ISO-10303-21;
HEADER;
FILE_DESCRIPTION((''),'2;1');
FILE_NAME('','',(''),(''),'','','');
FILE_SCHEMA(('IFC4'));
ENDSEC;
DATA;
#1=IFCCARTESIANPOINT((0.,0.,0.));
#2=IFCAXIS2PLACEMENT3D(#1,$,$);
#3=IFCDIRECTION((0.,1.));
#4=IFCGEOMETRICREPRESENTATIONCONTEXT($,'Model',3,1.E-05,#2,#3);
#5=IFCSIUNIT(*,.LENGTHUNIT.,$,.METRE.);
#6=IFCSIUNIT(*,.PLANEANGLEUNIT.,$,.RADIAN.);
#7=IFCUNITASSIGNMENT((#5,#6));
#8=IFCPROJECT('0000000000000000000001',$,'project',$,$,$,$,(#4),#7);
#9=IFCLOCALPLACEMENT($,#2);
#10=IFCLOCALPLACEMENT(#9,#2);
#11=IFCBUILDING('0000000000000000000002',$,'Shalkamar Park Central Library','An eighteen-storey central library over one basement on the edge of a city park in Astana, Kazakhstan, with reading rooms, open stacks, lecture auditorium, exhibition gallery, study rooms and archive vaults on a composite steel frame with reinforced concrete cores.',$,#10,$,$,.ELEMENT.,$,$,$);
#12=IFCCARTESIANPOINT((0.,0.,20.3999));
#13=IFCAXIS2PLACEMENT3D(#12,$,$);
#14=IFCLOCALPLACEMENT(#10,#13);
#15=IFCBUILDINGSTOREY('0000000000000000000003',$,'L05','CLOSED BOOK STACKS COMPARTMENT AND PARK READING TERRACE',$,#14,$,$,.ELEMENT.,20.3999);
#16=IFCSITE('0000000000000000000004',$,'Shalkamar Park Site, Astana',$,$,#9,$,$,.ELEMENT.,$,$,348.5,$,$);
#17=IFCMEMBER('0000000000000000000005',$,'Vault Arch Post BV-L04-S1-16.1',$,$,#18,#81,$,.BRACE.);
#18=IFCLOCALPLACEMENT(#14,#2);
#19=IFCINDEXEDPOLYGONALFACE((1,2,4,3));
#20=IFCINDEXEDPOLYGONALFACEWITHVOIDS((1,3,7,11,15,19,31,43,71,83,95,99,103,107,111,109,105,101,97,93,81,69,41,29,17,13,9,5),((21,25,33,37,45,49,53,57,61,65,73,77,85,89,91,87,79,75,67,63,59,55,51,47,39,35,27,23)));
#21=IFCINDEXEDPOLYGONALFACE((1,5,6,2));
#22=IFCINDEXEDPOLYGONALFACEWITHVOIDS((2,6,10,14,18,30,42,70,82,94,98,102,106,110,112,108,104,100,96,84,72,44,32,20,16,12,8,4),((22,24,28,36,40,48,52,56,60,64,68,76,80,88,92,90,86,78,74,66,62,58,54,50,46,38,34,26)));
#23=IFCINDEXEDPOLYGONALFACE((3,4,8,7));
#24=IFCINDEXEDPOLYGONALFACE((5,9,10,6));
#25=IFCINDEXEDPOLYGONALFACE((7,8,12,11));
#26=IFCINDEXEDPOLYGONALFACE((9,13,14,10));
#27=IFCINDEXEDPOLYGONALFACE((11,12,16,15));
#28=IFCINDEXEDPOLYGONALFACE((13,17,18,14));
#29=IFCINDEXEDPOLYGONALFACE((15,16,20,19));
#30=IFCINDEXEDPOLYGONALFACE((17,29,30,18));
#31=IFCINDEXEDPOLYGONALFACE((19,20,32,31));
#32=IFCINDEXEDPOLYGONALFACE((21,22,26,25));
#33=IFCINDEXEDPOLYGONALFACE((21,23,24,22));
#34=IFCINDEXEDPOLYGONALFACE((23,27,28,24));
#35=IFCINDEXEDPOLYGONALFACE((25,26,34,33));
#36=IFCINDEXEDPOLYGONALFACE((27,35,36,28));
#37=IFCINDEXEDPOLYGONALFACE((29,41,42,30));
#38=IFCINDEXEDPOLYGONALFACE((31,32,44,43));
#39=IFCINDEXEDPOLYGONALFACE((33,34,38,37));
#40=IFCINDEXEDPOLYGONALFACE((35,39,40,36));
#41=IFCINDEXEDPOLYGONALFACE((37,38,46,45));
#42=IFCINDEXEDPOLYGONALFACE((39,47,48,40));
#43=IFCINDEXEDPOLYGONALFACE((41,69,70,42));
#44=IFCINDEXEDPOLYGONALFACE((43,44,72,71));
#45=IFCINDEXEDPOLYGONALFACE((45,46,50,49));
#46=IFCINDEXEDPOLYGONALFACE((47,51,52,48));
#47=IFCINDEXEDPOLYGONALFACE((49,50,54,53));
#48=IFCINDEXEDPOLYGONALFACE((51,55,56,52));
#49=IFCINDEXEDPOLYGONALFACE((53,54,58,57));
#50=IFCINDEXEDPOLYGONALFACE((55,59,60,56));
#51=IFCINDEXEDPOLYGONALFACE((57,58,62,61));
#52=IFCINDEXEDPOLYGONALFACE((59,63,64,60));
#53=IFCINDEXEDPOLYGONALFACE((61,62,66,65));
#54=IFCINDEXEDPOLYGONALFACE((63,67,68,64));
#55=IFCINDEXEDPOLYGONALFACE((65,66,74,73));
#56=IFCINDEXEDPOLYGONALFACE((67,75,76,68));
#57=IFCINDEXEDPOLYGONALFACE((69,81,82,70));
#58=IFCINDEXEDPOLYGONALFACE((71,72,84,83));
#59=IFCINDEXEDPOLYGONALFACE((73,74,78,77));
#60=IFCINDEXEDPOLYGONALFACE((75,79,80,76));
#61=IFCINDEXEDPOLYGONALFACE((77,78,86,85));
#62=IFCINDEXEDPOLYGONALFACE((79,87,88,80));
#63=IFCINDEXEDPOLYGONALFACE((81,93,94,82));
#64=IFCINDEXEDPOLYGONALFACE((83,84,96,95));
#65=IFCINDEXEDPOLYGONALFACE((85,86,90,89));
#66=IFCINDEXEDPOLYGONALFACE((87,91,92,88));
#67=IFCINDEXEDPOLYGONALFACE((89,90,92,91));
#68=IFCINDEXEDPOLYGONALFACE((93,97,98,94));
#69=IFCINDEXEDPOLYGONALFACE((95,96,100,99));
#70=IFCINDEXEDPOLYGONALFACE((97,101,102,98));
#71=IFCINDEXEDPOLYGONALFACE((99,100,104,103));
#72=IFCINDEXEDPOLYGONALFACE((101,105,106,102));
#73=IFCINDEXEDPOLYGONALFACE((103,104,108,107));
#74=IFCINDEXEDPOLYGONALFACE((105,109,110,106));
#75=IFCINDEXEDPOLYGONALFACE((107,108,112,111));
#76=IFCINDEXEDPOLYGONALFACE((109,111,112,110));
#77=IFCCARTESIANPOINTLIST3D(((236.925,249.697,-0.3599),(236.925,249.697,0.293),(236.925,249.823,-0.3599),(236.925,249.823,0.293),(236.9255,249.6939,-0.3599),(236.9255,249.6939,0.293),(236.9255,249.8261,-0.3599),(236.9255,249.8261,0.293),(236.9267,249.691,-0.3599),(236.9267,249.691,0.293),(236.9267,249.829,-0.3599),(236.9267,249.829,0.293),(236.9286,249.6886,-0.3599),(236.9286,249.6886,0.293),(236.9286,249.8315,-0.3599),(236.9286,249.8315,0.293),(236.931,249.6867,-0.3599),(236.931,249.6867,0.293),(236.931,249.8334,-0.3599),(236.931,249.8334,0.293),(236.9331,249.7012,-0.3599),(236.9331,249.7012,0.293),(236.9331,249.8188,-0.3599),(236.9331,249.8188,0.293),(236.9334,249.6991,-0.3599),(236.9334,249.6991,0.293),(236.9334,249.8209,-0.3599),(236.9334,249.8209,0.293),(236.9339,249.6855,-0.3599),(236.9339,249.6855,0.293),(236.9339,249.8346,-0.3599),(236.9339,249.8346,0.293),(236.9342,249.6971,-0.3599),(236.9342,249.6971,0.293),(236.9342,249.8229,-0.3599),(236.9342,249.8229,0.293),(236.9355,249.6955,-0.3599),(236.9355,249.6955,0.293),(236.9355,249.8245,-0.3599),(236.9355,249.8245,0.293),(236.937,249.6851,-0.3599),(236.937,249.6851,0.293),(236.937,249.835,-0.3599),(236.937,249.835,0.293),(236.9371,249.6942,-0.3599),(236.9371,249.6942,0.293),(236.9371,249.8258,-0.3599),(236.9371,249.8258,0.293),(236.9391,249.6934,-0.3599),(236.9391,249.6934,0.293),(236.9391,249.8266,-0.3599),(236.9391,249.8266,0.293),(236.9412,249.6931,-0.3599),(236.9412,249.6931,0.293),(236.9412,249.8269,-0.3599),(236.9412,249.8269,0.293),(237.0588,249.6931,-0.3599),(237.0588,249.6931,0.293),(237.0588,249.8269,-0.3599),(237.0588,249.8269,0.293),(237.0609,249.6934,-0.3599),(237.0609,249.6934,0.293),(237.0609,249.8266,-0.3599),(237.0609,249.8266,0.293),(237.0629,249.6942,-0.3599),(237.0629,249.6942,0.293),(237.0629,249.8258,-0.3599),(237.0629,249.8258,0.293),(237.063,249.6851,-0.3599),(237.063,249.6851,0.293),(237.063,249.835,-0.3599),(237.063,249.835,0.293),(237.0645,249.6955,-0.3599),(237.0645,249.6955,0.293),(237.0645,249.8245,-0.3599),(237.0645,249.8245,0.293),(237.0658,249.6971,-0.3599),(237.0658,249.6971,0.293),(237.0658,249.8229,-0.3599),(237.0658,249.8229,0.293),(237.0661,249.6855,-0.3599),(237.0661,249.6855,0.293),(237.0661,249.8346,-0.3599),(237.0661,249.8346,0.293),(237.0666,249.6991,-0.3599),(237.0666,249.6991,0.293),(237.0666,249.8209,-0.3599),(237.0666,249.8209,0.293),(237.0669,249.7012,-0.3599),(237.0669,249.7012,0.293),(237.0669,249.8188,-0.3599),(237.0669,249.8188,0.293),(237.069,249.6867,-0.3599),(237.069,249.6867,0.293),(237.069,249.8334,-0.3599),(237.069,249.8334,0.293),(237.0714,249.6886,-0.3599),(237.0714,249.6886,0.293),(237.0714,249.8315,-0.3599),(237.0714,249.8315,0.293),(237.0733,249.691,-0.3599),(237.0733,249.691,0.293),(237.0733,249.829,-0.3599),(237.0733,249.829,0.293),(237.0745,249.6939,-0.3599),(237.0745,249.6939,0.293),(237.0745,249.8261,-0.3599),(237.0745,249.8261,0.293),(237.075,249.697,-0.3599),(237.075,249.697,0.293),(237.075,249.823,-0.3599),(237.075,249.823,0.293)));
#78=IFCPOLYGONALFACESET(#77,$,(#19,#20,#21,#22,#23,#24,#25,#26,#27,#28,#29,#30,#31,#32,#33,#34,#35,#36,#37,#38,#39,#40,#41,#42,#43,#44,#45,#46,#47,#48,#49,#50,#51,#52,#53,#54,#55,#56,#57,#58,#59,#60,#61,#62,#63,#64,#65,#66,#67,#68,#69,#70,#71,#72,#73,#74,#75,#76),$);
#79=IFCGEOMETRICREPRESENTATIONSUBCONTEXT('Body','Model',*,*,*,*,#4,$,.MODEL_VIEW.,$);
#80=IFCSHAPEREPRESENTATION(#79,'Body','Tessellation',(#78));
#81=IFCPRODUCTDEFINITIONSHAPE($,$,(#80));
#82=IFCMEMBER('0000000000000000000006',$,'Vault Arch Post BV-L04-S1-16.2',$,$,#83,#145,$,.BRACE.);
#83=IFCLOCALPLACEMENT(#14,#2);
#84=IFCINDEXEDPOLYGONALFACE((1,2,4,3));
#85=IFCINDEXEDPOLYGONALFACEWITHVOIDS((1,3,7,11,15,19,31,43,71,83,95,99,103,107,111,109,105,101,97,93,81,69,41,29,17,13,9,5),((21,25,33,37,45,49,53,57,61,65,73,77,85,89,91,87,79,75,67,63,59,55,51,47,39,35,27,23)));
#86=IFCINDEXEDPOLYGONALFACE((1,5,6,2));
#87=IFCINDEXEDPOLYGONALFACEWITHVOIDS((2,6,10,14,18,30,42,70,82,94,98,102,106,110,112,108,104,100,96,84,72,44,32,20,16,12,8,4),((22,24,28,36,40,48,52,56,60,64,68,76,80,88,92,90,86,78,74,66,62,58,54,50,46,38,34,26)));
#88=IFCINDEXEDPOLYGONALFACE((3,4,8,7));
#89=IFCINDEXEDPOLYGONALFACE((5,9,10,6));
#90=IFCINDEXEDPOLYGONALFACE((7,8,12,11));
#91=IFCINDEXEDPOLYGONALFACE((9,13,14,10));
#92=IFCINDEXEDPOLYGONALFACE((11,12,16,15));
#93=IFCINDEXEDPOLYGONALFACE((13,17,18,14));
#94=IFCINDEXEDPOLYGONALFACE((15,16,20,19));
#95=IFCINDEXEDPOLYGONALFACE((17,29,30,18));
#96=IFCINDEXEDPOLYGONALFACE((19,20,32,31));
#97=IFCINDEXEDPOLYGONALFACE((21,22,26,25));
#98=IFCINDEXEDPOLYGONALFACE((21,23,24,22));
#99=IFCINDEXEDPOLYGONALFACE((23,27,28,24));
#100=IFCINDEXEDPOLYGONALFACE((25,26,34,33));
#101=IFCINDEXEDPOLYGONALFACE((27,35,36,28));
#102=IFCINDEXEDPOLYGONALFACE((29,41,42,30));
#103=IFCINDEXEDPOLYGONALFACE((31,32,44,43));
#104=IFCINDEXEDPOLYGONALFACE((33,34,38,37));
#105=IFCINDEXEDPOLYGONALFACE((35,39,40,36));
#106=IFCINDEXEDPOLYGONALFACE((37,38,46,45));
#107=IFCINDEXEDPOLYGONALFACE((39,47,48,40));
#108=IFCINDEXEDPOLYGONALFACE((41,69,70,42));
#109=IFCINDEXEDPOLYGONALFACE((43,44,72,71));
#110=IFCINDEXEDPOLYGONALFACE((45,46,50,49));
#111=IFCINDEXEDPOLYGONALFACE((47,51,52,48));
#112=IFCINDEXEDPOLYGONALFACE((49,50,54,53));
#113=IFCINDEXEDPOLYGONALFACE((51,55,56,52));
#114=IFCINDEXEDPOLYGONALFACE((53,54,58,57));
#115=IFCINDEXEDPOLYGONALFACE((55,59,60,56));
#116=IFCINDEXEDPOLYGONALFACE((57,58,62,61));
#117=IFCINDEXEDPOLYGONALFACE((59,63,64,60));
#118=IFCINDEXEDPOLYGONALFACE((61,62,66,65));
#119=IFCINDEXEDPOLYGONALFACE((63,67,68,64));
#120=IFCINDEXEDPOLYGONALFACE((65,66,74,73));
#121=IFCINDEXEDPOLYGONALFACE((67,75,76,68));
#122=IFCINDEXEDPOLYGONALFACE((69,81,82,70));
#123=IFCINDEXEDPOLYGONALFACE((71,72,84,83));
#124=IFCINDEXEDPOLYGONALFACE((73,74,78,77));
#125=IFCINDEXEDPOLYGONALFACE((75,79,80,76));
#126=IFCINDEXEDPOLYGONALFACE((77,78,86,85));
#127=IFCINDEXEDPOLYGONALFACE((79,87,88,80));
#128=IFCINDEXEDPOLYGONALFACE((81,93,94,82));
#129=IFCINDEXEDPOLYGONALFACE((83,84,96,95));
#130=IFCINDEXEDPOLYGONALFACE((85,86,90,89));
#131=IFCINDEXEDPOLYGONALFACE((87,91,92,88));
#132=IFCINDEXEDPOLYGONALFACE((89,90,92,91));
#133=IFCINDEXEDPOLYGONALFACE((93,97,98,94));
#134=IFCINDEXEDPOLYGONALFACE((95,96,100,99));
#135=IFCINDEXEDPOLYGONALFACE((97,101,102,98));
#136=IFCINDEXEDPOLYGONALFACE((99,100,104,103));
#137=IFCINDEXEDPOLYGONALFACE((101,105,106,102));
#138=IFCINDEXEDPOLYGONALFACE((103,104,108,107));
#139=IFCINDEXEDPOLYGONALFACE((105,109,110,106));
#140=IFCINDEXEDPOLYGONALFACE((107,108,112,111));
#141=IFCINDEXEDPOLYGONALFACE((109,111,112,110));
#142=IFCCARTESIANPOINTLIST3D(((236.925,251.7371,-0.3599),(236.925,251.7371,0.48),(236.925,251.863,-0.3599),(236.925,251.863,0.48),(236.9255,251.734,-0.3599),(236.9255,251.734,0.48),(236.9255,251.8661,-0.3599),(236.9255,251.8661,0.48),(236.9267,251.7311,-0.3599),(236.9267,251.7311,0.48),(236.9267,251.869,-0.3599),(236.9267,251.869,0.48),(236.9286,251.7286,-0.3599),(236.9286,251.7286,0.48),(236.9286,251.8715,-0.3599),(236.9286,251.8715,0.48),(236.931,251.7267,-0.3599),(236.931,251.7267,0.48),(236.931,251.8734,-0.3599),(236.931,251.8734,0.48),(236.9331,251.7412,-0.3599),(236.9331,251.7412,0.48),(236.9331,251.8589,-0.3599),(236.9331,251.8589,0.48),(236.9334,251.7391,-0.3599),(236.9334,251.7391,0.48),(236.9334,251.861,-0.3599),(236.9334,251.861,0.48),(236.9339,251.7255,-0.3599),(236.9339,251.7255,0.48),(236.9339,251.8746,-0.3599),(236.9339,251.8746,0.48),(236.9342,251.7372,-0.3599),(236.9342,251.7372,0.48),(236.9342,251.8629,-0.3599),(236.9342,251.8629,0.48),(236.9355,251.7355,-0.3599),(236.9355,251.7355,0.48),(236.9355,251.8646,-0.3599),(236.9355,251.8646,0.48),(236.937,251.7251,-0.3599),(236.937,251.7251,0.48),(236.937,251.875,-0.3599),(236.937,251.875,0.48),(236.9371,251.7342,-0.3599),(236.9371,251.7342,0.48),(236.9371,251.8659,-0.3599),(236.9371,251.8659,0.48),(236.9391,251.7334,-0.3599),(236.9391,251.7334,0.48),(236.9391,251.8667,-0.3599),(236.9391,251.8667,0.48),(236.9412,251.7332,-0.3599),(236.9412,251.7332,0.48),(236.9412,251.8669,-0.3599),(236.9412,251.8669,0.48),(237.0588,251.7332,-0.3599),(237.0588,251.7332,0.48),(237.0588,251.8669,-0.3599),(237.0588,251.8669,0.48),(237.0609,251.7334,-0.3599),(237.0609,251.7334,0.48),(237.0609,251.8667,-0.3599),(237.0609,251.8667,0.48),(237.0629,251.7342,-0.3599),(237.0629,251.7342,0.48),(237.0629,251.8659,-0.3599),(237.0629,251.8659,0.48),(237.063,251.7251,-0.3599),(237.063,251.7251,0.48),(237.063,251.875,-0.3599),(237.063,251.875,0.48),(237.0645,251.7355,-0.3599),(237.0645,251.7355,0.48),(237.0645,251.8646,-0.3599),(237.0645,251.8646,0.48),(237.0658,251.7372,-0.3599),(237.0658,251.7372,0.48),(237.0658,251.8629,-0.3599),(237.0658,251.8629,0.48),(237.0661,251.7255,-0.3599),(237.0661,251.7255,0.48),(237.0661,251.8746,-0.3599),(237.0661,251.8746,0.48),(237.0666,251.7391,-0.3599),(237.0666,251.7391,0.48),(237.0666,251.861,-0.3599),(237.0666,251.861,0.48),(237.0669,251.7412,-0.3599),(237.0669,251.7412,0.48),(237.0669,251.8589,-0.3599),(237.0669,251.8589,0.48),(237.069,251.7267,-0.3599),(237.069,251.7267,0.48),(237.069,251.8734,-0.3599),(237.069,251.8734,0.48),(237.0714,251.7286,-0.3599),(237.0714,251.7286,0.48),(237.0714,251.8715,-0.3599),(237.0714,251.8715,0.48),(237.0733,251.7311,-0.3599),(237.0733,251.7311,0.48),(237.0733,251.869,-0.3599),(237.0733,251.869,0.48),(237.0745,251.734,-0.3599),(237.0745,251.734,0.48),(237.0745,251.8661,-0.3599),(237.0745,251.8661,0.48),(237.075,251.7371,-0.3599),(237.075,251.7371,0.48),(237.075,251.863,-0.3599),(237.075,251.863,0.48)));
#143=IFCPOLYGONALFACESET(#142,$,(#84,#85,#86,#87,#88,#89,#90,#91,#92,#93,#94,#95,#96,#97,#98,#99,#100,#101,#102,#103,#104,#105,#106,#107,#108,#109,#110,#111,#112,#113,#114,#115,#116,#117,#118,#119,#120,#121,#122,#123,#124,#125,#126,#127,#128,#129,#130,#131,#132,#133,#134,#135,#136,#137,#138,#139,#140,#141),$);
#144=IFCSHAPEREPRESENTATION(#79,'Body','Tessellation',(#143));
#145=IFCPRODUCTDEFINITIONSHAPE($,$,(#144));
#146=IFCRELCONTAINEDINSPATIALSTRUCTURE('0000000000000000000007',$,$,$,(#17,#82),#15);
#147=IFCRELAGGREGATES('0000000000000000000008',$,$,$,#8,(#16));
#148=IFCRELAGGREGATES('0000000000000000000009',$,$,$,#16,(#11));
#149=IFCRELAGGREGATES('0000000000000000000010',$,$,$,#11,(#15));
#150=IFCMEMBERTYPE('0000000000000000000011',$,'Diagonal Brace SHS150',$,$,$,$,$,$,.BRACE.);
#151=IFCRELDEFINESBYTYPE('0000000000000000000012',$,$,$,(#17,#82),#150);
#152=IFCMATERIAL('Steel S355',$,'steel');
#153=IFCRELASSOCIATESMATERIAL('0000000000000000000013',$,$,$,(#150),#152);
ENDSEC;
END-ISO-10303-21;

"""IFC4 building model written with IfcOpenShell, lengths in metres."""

from ifc_helpers import new_model, si_unit, direction, frame, origin, origin_2d, place, context, subcontext, project, spatial, hollow_rectangle, extrude, material, material_profile, profile_set, type_object, element, save


model = new_model("IFC4")

# Units and contexts
model_context = context("Model", 3, precision=1e-05, world=origin(), true_north=direction((0.0, 1.0)))
body_context = subcontext(model_context, "Body", "Model", "MODEL_VIEW")
ifc_project = project(units=[si_unit("LENGTHUNIT", "METRE"), si_unit("PLANEANGLEUNIT", "RADIAN")], contexts=[model_context])

# Site, building, storey
site_placement = place(None, origin())
site = spatial("IfcSite", under=ifc_project, at=site_placement, Name="Shalkamar Park Site, Astana", CompositionType="ELEMENT", RefElevation=348.5)
building_placement = place(site_placement, origin())
building = spatial("IfcBuilding", under=site, at=building_placement, Name="Shalkamar Park Central Library", Description="An eighteen-storey central library over one basement on the edge of a city park in Astana, Kazakhstan, with reading rooms, open stacks, lecture auditorium, exhibition gallery, study rooms and archive vaults on a composite steel frame with reinforced concrete cores.", CompositionType="ELEMENT")
storey_placement = place(building_placement, frame((0.0, 0.0, 20.3999)))
storey = spatial("IfcBuildingStorey", under=building, at=storey_placement, Name="L05", Description="CLOSED BOOK STACKS COMPARTMENT AND PARK READING TERRACE", CompositionType="ELEMENT", Elevation=20.3999)

# Members
ifc_material = material(Name="Steel S355", Category="steel")
ifc_material_profile_1 = material_profile(ifc_material, hollow_rectangle(XDim=0.1499, YDim=0.1499, WallThickness=0.0081, InnerFilletRadius=0.0081, OuterFilletRadius=0.012, at=origin_2d()), Name="SHS 150x150x8")
ifc_profile_set_1 = profile_set([ifc_material_profile_1], Name="Steel S355")
member_type_1 = type_object("IfcMemberType", Name="Diagonal Brace SHS150", PredefinedType="BRACE", material=ifc_profile_set_1)
member_1_placement = place(storey_placement, frame((237.0, 249.76, -0.3599), z_axis=(0.0, 0.0, 1.0), x_axis=(1.0, 0.0, 0.0)))
element("IfcMember", 1, at=member_1_placement, inside=storey, type_object=member_type_1, Name="Vault Arch Post BV-L04-S1-16.1", PredefinedType="BRACE", context=body_context, shape_type="SweptSolid", body=[
    extrude(hollow_rectangle(XDim=0.1499, YDim=0.1499, WallThickness=0.0081, InnerFilletRadius=0.0081, OuterFilletRadius=0.012, at=origin_2d()), origin(), (0.0, 0.0, 1.0), 0.6528),
])
member_2_placement = place(storey_placement, frame((237.0, 251.8, -0.3599), z_axis=(0.0, 0.0, 1.0), x_axis=(1.0, 0.0, 0.0)))
element("IfcMember", 2, at=member_2_placement, inside=storey, type_object=member_type_1, Name="Vault Arch Post BV-L04-S1-16.2", PredefinedType="BRACE", context=body_context, shape_type="SweptSolid", body=[
    extrude(hollow_rectangle(XDim=0.1499, YDim=0.1499, WallThickness=0.0081, InnerFilletRadius=0.0081, OuterFilletRadius=0.012, at=origin_2d()), origin(), (0.0, 0.0, 1.0), 0.8398),
])

save(model, "model.ifc")
